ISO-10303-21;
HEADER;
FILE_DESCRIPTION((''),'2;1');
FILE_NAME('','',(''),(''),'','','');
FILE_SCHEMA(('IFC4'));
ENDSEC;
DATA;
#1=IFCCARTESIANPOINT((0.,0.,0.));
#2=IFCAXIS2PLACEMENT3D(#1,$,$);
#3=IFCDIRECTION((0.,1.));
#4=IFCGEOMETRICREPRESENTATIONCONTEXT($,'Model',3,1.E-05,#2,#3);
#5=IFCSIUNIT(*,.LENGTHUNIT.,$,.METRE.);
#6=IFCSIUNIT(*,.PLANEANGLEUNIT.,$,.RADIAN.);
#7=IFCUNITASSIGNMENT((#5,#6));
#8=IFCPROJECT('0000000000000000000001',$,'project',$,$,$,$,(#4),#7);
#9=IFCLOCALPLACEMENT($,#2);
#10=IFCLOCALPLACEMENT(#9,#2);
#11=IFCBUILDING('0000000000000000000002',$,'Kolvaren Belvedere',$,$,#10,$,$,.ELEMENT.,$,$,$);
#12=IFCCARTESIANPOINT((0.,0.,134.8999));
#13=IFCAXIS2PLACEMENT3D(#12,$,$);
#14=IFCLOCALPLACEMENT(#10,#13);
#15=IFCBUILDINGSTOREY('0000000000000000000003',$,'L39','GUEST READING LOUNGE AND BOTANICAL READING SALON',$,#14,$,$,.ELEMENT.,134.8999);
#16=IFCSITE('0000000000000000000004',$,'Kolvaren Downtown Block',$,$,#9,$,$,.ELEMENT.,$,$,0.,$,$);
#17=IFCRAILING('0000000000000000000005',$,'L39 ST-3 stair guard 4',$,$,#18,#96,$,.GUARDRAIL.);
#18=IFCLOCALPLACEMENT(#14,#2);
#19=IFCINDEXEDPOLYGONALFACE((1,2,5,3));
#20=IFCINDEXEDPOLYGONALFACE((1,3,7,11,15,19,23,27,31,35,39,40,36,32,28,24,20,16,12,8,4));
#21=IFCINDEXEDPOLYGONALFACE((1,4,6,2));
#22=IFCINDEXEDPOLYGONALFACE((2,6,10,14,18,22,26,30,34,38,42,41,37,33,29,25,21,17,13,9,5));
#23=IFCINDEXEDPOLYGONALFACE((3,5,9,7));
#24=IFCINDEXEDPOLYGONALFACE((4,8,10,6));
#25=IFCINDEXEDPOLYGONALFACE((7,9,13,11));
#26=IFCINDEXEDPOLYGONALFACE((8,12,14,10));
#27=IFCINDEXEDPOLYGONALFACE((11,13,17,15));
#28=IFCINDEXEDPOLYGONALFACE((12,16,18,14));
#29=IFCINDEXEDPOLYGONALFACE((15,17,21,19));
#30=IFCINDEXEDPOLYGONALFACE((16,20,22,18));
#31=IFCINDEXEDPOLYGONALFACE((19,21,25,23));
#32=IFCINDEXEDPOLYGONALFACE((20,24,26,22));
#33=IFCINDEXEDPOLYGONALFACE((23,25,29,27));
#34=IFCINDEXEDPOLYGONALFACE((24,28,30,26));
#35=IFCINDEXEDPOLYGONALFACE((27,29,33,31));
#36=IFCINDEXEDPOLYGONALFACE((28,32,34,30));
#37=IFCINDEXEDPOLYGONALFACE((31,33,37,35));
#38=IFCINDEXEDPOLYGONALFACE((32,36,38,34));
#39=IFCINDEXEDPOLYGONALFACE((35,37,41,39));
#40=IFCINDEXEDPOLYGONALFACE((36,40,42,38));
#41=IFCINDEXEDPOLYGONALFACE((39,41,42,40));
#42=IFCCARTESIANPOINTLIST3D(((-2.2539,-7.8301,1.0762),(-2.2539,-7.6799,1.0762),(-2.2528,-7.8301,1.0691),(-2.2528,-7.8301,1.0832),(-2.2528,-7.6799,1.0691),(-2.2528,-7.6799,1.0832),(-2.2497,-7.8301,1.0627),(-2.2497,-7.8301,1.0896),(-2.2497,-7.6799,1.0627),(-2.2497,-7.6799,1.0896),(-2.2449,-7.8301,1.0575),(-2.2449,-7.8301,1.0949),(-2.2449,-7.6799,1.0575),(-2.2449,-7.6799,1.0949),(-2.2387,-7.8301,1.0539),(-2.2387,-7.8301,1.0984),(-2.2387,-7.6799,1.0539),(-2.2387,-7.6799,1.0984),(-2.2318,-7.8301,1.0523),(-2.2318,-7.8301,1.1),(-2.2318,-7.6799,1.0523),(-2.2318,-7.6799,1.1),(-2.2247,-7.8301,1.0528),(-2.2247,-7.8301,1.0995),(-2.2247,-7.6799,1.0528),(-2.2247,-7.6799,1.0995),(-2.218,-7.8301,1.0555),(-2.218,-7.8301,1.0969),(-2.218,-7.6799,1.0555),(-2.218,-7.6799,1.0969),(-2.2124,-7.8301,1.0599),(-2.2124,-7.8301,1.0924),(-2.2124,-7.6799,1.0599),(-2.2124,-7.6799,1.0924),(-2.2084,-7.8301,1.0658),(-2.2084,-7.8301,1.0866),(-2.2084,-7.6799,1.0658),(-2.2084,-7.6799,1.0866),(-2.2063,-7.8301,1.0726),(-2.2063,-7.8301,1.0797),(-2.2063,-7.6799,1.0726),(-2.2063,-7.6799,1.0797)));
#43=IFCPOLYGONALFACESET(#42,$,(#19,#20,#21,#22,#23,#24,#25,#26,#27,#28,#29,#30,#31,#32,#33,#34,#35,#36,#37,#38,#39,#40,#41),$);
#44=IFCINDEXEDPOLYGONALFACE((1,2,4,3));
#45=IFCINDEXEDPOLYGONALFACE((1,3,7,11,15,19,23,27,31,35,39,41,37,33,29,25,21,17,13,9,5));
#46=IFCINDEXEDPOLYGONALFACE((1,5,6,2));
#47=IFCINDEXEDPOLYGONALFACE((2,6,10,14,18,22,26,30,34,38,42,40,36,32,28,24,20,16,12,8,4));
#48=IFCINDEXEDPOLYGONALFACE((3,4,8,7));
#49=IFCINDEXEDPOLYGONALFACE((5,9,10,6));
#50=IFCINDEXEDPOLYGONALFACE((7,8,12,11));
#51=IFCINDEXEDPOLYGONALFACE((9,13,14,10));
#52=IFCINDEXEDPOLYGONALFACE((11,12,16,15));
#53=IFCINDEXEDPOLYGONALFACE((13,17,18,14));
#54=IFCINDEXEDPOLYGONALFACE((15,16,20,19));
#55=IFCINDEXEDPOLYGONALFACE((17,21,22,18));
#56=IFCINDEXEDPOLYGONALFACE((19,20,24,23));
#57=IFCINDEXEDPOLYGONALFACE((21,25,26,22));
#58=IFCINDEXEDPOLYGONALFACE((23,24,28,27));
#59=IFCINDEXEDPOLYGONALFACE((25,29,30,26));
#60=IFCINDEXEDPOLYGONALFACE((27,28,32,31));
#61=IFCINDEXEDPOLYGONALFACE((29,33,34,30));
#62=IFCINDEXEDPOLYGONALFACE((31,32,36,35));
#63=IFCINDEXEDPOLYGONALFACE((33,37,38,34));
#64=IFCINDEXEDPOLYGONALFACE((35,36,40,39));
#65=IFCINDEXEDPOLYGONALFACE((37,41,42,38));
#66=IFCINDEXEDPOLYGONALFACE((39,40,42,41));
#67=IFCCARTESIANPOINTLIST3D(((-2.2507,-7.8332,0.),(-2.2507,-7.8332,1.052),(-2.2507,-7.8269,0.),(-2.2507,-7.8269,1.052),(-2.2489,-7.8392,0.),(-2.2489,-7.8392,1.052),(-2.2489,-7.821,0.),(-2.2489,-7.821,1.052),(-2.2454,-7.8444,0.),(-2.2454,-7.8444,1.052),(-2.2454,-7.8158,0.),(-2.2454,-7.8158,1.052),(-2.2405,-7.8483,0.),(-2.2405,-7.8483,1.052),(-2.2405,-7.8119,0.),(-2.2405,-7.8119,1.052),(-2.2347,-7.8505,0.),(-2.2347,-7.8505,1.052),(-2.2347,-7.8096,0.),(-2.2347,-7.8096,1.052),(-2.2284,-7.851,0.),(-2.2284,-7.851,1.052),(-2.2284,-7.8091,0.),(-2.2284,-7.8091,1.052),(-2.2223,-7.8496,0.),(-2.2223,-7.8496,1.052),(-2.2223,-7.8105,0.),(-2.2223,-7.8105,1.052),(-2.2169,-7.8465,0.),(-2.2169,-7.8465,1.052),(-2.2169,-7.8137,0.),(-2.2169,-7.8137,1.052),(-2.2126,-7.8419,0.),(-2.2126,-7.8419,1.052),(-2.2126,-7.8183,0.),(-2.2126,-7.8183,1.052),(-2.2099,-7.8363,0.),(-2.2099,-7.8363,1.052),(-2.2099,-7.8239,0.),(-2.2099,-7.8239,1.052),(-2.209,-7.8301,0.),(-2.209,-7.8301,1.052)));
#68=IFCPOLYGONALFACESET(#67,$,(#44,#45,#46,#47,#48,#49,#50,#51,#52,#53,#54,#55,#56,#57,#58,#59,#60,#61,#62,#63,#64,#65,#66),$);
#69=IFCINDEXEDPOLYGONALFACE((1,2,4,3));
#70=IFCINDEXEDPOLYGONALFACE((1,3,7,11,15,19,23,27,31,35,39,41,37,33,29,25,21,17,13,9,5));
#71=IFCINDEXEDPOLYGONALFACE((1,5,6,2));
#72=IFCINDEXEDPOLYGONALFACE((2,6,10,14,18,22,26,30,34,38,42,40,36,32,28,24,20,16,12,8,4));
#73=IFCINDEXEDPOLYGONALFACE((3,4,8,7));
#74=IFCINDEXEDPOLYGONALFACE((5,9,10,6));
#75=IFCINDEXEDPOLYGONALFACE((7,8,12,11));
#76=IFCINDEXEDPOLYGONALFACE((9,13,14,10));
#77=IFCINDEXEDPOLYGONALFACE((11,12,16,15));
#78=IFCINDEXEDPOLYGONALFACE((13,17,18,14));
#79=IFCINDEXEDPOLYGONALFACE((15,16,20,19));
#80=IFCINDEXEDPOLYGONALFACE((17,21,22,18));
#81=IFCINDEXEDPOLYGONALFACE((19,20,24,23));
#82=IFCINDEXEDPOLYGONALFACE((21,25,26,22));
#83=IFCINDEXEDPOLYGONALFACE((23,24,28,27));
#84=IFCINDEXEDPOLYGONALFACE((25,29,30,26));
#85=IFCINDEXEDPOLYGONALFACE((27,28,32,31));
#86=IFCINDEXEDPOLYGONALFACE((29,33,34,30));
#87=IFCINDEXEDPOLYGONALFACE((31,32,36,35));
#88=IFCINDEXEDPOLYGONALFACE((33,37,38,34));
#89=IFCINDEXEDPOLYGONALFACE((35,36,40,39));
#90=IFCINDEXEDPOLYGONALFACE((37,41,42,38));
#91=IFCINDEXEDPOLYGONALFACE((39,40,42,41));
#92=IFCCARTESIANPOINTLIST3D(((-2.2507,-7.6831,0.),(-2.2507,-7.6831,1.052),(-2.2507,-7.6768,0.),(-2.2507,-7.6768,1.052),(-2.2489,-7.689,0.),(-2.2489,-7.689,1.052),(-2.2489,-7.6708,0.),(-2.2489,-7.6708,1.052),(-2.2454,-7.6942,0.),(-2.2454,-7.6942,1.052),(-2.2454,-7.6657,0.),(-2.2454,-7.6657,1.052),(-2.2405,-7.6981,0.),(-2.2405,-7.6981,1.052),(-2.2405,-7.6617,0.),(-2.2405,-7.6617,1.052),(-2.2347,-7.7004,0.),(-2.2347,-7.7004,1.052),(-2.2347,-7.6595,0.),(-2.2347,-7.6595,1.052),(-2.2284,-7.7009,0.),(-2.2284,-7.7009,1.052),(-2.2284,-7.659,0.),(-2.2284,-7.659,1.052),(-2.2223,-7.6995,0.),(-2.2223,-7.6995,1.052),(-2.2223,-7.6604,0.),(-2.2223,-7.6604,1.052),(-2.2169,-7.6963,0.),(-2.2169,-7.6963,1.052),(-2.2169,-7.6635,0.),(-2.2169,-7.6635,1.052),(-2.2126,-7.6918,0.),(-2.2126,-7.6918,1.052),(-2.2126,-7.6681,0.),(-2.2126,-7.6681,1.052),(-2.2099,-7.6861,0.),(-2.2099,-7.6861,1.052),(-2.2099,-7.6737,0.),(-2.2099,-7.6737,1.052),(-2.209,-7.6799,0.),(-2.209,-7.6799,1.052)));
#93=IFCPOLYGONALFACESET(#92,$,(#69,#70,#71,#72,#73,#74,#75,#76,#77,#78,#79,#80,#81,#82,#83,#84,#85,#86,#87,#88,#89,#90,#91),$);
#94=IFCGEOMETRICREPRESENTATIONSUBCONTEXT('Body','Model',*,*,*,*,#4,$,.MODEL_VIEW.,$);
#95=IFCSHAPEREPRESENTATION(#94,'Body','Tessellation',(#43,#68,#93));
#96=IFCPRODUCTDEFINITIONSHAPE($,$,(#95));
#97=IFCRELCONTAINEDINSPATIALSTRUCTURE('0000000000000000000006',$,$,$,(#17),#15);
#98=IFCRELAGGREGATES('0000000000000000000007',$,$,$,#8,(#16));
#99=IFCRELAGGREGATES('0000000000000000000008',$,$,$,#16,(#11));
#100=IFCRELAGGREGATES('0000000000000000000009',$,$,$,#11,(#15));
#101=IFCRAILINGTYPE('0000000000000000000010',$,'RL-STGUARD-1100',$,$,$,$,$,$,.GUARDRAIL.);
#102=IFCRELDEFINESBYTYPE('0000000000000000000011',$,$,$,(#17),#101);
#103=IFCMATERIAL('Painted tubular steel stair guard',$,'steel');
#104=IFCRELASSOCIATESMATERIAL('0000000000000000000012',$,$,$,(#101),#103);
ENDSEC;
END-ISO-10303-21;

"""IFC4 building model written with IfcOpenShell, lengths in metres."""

from ifc_helpers import new_model, si_unit, direction, frame, origin, origin_2d, place, context, subcontext, project, spatial, circle, extrude, material, type_object, element, save


model = new_model("IFC4")

# Units and contexts
model_context = context("Model", 3, precision=1e-05, world=origin(), true_north=direction((0.0, 1.0)))
body_context = subcontext(model_context, "Body", "Model", "MODEL_VIEW")
ifc_project = project(units=[si_unit("LENGTHUNIT", "METRE"), si_unit("PLANEANGLEUNIT", "RADIAN")], contexts=[model_context])

# Site, building, storey
site_placement = place(None, origin())
site = spatial("IfcSite", under=ifc_project, at=site_placement, Name="Kolvaren Downtown Block", CompositionType="ELEMENT", RefElevation=0.0)
building_placement = place(site_placement, origin())
building = spatial("IfcBuilding", under=site, at=building_placement, Name="Kolvaren Belvedere", CompositionType="ELEMENT")
storey_placement = place(building_placement, frame((0.0, 0.0, 134.8999)))
storey = spatial("IfcBuildingStorey", under=building, at=storey_placement, Name="L39", Description="GUEST READING LOUNGE AND BOTANICAL READING SALON", CompositionType="ELEMENT", Elevation=134.8999)

# Railing
ifc_material_1 = material(Name="Painted tubular steel stair guard", Category="steel")
railing_type_1 = type_object("IfcRailingType", Name="RL-STGUARD-1100", PredefinedType="GUARDRAIL", material=ifc_material_1)
railing_1_placement = place(storey_placement, frame((-2.23, -7.8301, 0.0)))
element("IfcRailing", 1, at=railing_1_placement, inside=storey, type_object=railing_type_1, Name="L39 ST-3 stair guard 4", PredefinedType="GUARDRAIL", context=body_context, shape_type="SweptSolid", body=[
    extrude(circle(Radius=0.0239, at=origin_2d()), frame((0.0, 0.0, 1.0762), z_axis=(0.0, 1.0, 0.0), x_axis=(-1.0, 0.0, 0.0)), (0.0, 0.0, 1.0), 0.1501),
    extrude(circle(Radius=0.021, at=origin_2d()), origin(), (0.0, 0.0, 1.0), 1.052),
    extrude(circle(Radius=0.021, at=origin_2d()), frame((0.0, 0.1501, 0.0)), (0.0, 0.0, 1.0), 1.052),
])

save(model, "model.ifc")
